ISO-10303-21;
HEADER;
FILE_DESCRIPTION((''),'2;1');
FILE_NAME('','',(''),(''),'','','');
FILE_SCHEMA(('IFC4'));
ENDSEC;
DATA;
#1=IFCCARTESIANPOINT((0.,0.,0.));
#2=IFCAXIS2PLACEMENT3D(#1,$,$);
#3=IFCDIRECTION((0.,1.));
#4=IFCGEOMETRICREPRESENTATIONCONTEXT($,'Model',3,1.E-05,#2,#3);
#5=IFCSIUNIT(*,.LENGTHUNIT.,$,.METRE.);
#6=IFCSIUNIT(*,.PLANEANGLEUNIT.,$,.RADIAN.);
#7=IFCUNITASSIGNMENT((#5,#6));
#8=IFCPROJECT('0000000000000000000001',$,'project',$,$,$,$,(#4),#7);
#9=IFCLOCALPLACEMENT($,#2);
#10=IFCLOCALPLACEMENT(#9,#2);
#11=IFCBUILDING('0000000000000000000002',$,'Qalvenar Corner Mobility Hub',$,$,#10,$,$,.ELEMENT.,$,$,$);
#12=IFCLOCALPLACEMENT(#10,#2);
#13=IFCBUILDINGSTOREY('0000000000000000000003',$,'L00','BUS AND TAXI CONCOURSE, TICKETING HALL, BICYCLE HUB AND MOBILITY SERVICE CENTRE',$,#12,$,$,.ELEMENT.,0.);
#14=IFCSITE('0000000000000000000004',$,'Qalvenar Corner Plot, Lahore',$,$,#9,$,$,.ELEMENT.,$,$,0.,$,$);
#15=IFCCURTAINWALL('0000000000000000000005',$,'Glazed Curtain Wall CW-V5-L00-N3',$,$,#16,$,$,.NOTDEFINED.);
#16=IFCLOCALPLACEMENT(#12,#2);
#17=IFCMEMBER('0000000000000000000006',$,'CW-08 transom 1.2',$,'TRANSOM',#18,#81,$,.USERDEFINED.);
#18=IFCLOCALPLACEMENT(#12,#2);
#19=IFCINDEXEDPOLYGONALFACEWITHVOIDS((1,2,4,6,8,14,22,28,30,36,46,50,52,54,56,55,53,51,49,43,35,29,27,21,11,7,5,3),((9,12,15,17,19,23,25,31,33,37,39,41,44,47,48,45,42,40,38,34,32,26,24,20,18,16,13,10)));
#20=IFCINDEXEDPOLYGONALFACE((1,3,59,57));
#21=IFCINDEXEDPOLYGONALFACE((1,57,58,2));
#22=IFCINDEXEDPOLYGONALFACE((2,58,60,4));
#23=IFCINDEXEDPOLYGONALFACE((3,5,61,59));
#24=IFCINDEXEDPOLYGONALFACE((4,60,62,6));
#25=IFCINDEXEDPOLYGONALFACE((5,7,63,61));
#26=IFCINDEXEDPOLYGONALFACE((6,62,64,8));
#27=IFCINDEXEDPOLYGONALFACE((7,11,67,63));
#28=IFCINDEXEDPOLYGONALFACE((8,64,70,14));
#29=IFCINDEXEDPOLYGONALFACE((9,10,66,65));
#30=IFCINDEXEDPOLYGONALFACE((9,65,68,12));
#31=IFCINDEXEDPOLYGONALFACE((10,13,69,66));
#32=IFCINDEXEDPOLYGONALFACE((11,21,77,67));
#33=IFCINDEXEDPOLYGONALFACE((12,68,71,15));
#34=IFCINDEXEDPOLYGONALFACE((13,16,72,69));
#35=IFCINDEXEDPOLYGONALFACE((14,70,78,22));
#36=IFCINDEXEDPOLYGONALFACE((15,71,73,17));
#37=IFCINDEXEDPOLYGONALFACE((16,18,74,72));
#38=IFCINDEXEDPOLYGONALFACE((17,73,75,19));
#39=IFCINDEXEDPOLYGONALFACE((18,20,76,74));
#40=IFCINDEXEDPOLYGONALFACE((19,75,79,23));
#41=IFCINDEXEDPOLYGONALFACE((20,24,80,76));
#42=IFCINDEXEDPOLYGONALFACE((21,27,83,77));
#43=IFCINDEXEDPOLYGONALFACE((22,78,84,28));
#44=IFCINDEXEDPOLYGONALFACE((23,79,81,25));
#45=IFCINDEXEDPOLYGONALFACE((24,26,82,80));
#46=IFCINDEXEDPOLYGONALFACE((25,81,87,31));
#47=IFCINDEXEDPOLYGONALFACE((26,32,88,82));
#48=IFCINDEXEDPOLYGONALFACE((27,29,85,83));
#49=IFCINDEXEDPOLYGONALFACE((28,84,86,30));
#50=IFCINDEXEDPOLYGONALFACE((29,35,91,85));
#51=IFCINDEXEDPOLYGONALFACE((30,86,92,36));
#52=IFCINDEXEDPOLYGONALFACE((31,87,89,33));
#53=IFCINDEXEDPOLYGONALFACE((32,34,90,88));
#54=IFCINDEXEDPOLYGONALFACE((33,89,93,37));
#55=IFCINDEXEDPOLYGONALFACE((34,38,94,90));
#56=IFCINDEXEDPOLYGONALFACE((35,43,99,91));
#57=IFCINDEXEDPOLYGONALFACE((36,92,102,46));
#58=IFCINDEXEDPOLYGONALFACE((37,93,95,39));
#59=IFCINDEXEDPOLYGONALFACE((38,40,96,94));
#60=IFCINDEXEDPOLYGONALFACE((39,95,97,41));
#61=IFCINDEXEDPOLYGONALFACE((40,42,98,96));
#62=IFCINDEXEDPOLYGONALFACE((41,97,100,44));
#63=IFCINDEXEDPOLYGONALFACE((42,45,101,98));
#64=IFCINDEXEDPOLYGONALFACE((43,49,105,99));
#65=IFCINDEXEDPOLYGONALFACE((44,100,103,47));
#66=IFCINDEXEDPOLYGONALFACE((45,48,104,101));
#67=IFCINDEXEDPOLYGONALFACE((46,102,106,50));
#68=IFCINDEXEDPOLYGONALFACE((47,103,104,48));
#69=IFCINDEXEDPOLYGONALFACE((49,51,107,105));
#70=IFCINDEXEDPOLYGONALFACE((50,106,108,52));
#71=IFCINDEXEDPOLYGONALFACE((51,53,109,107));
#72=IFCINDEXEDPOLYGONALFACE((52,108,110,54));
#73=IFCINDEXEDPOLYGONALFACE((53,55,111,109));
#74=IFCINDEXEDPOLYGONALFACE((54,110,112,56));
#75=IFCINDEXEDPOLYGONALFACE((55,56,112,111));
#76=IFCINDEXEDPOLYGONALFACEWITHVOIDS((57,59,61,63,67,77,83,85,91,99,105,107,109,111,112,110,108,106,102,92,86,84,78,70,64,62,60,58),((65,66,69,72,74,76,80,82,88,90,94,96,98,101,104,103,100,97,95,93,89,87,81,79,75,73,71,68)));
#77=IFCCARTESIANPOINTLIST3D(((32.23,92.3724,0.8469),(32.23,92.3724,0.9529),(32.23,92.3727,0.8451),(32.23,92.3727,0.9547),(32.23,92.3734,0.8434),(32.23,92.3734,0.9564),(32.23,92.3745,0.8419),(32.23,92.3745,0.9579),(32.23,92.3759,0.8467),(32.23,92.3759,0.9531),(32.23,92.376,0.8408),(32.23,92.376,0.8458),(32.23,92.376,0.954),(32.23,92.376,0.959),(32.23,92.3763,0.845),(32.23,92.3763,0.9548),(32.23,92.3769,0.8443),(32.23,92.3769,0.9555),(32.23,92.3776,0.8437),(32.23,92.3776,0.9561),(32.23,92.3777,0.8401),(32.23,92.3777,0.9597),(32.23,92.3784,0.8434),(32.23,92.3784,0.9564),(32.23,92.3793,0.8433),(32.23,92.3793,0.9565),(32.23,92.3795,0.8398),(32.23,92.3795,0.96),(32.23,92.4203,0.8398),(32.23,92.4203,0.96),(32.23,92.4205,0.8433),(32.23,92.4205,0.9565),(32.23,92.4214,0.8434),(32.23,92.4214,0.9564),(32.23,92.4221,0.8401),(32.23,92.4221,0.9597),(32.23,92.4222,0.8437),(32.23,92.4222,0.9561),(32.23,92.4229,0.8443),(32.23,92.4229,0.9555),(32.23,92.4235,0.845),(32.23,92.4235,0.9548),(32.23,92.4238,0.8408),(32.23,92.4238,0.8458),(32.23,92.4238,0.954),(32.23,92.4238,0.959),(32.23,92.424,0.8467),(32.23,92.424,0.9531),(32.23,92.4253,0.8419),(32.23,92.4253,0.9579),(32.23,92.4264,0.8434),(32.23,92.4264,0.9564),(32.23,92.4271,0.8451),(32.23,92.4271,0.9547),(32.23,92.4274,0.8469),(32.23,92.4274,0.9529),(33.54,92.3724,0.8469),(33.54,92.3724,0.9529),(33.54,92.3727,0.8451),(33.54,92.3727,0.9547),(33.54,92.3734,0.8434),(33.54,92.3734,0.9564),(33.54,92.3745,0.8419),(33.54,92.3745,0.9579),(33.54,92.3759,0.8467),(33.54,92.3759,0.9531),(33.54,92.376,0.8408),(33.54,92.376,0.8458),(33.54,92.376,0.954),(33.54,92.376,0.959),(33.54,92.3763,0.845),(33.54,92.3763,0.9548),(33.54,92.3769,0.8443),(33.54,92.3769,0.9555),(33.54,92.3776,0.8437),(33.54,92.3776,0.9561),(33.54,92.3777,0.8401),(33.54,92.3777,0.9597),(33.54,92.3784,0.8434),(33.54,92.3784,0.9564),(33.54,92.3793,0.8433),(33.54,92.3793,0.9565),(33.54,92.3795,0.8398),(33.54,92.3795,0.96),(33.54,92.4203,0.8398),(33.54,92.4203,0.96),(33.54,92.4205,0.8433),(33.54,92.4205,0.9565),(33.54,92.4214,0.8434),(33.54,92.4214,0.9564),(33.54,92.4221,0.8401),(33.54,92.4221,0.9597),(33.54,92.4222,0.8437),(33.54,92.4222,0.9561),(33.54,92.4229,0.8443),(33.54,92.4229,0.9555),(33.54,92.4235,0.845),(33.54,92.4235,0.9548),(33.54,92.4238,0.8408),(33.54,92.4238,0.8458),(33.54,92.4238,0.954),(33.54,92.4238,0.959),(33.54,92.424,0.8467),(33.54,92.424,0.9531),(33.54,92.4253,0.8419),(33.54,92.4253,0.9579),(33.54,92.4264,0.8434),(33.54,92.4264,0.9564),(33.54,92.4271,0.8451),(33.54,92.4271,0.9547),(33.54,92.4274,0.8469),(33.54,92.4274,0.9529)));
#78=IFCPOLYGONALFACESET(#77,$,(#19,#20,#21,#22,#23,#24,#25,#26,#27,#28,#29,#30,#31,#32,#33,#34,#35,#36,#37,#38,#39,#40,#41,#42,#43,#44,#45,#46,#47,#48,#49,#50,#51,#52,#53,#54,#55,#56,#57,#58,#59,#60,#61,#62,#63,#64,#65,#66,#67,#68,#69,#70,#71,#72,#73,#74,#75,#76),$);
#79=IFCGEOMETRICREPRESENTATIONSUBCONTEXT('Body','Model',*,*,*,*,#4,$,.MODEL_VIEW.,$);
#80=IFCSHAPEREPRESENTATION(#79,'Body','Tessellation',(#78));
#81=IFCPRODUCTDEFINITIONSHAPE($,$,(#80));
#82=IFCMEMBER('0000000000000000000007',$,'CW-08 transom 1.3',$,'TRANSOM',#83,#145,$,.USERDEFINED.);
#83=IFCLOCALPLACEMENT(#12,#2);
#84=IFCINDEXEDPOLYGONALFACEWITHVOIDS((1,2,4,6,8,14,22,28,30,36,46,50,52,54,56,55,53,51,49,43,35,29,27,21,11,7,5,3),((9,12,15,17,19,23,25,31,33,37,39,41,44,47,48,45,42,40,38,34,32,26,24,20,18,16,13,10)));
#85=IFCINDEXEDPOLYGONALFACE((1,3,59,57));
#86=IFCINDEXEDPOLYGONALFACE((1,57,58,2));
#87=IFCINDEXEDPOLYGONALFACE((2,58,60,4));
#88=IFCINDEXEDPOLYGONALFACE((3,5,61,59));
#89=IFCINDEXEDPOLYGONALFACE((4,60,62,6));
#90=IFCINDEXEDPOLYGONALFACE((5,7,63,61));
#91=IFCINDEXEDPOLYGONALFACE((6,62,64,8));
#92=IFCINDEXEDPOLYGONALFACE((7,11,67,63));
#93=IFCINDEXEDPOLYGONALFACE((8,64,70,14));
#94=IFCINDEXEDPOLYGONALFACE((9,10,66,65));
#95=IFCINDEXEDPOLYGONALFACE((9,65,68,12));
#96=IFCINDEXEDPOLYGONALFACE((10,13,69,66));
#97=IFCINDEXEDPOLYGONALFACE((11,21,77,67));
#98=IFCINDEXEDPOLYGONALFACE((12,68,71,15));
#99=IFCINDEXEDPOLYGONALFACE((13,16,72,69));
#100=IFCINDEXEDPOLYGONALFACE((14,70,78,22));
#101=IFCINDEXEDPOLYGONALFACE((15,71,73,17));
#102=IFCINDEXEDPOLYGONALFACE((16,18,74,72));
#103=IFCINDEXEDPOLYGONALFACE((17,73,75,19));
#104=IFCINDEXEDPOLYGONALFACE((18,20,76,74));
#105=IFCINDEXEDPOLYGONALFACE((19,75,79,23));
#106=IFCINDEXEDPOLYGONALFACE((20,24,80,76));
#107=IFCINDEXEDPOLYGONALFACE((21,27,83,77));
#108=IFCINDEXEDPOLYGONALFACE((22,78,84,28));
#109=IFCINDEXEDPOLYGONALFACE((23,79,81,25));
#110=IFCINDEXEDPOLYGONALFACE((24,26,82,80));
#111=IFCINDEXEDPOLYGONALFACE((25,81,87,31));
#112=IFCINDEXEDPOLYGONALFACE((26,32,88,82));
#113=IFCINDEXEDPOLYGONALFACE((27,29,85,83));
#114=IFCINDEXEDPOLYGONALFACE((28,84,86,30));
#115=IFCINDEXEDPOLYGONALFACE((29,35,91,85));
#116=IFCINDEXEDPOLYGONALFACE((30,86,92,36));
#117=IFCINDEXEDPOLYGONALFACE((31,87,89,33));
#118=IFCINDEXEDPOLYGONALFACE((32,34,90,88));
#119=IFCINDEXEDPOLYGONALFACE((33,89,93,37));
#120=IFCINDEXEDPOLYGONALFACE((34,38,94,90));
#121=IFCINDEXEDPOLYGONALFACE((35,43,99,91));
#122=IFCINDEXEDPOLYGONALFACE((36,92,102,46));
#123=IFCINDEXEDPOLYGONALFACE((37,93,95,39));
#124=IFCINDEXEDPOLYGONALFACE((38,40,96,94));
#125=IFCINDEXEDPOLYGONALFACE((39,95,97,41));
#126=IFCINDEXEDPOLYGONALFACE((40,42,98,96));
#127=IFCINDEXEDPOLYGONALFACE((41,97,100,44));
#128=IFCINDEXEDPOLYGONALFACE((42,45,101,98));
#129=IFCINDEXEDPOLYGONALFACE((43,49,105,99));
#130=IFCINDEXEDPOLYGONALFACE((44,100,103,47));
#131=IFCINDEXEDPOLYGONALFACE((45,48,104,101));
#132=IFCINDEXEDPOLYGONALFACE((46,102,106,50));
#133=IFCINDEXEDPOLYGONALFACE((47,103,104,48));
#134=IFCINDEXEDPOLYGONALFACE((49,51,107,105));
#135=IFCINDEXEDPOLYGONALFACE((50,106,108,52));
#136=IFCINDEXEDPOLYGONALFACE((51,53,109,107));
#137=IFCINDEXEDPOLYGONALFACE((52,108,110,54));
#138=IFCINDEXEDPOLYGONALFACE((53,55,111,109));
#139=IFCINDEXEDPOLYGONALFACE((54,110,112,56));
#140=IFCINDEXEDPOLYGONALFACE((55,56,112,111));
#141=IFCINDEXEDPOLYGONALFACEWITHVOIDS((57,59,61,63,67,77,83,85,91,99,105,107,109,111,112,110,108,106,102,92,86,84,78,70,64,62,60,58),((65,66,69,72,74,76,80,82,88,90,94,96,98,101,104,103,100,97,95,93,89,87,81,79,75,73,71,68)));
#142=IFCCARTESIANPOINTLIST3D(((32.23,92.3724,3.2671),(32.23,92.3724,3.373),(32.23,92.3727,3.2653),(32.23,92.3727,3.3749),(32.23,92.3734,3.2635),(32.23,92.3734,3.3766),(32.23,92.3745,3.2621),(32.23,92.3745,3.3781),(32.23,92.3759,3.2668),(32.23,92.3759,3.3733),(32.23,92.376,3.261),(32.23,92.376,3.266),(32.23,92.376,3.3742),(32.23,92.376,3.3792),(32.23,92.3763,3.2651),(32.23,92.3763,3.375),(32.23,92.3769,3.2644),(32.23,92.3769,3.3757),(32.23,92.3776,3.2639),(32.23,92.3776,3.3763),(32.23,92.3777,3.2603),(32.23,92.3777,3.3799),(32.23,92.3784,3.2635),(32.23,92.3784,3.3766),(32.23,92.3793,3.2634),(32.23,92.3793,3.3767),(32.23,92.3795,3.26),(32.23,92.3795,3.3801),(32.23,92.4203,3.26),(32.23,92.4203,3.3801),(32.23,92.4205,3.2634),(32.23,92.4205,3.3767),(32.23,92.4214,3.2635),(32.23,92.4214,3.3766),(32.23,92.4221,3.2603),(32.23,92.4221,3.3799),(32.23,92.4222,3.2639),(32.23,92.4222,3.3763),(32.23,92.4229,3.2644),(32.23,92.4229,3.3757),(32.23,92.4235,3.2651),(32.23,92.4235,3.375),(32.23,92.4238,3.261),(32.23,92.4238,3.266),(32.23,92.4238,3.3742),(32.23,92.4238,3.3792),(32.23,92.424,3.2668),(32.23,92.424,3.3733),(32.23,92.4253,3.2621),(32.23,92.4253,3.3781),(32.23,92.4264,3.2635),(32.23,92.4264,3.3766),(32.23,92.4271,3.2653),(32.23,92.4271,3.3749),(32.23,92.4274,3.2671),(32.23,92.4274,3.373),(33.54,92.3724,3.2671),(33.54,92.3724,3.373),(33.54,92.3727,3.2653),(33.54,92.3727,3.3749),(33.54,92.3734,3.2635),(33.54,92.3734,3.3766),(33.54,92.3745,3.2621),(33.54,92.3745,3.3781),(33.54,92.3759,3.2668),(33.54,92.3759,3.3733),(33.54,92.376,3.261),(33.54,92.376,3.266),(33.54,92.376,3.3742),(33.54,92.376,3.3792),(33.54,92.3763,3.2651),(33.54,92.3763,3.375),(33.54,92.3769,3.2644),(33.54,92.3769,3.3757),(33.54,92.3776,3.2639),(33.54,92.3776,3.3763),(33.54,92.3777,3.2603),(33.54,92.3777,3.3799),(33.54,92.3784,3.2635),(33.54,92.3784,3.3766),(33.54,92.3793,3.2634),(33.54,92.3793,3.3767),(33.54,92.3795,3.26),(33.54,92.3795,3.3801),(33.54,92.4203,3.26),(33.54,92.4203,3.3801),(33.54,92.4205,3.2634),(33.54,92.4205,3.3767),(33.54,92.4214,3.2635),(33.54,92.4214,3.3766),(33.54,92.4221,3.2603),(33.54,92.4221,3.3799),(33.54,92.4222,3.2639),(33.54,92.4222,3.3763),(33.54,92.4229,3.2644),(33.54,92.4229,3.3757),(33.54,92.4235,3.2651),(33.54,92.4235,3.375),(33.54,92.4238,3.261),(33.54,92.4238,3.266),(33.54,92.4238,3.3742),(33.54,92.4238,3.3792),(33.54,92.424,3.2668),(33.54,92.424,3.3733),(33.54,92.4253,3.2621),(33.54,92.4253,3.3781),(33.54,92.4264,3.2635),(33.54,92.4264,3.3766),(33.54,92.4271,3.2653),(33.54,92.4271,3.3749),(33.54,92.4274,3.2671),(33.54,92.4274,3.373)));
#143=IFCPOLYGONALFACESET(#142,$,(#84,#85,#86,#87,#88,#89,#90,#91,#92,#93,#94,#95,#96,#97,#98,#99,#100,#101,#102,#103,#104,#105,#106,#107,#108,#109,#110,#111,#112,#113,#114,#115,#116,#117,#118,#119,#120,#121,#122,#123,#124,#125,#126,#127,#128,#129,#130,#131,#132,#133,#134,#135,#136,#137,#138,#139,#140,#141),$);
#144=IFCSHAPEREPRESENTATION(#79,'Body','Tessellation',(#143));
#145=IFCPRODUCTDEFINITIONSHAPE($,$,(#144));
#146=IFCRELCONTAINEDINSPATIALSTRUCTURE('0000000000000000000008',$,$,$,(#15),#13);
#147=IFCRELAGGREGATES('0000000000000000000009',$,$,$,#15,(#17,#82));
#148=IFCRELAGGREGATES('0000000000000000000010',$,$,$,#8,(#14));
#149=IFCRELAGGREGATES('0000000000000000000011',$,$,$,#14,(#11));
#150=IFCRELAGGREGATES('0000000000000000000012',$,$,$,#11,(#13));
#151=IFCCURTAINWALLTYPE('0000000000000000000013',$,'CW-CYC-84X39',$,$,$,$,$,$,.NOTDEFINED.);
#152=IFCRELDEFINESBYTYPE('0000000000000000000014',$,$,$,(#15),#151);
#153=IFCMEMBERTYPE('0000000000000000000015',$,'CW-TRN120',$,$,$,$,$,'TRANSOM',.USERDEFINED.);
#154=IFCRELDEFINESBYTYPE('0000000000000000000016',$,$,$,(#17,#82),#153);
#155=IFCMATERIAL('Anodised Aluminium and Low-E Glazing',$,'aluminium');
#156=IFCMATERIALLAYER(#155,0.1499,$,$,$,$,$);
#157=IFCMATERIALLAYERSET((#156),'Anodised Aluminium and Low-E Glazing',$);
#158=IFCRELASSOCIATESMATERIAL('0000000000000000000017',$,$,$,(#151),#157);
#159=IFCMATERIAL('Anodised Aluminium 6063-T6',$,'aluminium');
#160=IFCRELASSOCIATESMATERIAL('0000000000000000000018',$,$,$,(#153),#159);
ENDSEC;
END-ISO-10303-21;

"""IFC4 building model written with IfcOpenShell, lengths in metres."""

from ifc_helpers import new_model, si_unit, direction, frame, origin, origin_2d, place, context, subcontext, project, spatial, hollow_rectangle, extrude, material, layer, layer_set, material_profile, profile_set, type_object, element, aggregate, save


model = new_model("IFC4")

# Units and contexts
model_context = context("Model", 3, precision=1e-05, world=origin(), true_north=direction((0.0, 1.0)))
body_context = subcontext(model_context, "Body", "Model", "MODEL_VIEW")
ifc_project = project(units=[si_unit("LENGTHUNIT", "METRE"), si_unit("PLANEANGLEUNIT", "RADIAN")], contexts=[model_context])

# Site, building, storey
site_placement = place(None, origin())
site = spatial("IfcSite", under=ifc_project, at=site_placement, Name="Qalvenar Corner Plot, Lahore", CompositionType="ELEMENT", RefElevation=0.0)
building_placement = place(site_placement, origin())
building = spatial("IfcBuilding", under=site, at=building_placement, Name="Qalvenar Corner Mobility Hub", CompositionType="ELEMENT")
storey_placement = place(building_placement, origin())
storey = spatial("IfcBuildingStorey", under=building, at=storey_placement, Name="L00", Description="BUS AND TAXI CONCOURSE, TICKETING HALL, BICYCLE HUB AND MOBILITY SERVICE CENTRE", CompositionType="ELEMENT", Elevation=0.0)

# Curtain wall
ifc_material_1 = material(Name="Anodised Aluminium and Low-E Glazing", Category="aluminium")
ifc_layer_1 = layer(ifc_material_1, 0.1499)
ifc_layer_set_1 = layer_set([ifc_layer_1], Name="Anodised Aluminium and Low-E Glazing")
curtain_wall_type = type_object("IfcCurtainWallType", Name="CW-CYC-84X39", PredefinedType="NOTDEFINED", material=ifc_layer_set_1)
ifc_material_2 = material(Name="Anodised Aluminium 6063-T6", Category="aluminium")
curtain_wall_1_placement = place(storey_placement, origin())
curtain_wall_1 = element("IfcCurtainWall", 1, at=curtain_wall_1_placement, inside=storey, type_object=curtain_wall_type, Name="Glazed Curtain Wall CW-V5-L00-N3", PredefinedType="NOTDEFINED")

# Members
ifc_material_profile_1 = material_profile(ifc_material_2, hollow_rectangle(XDim=0.0549, YDim=0.1201, WallThickness=0.0034, InnerFilletRadius=0.0034, OuterFilletRadius=0.0071, at=origin_2d()), Name="RHS120x55x3.5")
ifc_profile_set_1 = profile_set([ifc_material_profile_1], Name="Anodised Aluminium 6063-T6")
member_type_1 = type_object("IfcMemberType", Name="CW-TRN120", ElementType="TRANSOM", PredefinedType="USERDEFINED", material=ifc_profile_set_1)
member_1_placement = place(storey_placement, frame((33.54, 92.3999, 0.8999), z_axis=(-1.0, 0.0, 0.0), x_axis=(0.0, -1.0, 0.0)))
member_1 = element("IfcMember", 2, at=member_1_placement, type_object=member_type_1, Name="CW-08 transom 1.2", ObjectType="TRANSOM", PredefinedType="USERDEFINED", context=body_context, shape_type="SweptSolid", body=[
    extrude(hollow_rectangle(XDim=0.0549, YDim=0.1201, WallThickness=0.0034, InnerFilletRadius=0.0034, OuterFilletRadius=0.0071, at=origin_2d()), origin(), (0.0, 0.0, 1.0), 1.3101),
])
member_2_placement = place(storey_placement, frame((33.54, 92.3999, 3.3201), z_axis=(-1.0, 0.0, 0.0), x_axis=(0.0, -1.0, 0.0)))
member_2 = element("IfcMember", 3, at=member_2_placement, type_object=member_type_1, Name="CW-08 transom 1.3", ObjectType="TRANSOM", PredefinedType="USERDEFINED", context=body_context, shape_type="SweptSolid", body=[
    extrude(hollow_rectangle(XDim=0.0549, YDim=0.1201, WallThickness=0.0034, InnerFilletRadius=0.0034, OuterFilletRadius=0.0071, at=origin_2d()), origin(), (0.0, 0.0, 1.0), 1.3101),
])

aggregate(curtain_wall_1, [member_1, member_2])

save(model, "model.ifc")
